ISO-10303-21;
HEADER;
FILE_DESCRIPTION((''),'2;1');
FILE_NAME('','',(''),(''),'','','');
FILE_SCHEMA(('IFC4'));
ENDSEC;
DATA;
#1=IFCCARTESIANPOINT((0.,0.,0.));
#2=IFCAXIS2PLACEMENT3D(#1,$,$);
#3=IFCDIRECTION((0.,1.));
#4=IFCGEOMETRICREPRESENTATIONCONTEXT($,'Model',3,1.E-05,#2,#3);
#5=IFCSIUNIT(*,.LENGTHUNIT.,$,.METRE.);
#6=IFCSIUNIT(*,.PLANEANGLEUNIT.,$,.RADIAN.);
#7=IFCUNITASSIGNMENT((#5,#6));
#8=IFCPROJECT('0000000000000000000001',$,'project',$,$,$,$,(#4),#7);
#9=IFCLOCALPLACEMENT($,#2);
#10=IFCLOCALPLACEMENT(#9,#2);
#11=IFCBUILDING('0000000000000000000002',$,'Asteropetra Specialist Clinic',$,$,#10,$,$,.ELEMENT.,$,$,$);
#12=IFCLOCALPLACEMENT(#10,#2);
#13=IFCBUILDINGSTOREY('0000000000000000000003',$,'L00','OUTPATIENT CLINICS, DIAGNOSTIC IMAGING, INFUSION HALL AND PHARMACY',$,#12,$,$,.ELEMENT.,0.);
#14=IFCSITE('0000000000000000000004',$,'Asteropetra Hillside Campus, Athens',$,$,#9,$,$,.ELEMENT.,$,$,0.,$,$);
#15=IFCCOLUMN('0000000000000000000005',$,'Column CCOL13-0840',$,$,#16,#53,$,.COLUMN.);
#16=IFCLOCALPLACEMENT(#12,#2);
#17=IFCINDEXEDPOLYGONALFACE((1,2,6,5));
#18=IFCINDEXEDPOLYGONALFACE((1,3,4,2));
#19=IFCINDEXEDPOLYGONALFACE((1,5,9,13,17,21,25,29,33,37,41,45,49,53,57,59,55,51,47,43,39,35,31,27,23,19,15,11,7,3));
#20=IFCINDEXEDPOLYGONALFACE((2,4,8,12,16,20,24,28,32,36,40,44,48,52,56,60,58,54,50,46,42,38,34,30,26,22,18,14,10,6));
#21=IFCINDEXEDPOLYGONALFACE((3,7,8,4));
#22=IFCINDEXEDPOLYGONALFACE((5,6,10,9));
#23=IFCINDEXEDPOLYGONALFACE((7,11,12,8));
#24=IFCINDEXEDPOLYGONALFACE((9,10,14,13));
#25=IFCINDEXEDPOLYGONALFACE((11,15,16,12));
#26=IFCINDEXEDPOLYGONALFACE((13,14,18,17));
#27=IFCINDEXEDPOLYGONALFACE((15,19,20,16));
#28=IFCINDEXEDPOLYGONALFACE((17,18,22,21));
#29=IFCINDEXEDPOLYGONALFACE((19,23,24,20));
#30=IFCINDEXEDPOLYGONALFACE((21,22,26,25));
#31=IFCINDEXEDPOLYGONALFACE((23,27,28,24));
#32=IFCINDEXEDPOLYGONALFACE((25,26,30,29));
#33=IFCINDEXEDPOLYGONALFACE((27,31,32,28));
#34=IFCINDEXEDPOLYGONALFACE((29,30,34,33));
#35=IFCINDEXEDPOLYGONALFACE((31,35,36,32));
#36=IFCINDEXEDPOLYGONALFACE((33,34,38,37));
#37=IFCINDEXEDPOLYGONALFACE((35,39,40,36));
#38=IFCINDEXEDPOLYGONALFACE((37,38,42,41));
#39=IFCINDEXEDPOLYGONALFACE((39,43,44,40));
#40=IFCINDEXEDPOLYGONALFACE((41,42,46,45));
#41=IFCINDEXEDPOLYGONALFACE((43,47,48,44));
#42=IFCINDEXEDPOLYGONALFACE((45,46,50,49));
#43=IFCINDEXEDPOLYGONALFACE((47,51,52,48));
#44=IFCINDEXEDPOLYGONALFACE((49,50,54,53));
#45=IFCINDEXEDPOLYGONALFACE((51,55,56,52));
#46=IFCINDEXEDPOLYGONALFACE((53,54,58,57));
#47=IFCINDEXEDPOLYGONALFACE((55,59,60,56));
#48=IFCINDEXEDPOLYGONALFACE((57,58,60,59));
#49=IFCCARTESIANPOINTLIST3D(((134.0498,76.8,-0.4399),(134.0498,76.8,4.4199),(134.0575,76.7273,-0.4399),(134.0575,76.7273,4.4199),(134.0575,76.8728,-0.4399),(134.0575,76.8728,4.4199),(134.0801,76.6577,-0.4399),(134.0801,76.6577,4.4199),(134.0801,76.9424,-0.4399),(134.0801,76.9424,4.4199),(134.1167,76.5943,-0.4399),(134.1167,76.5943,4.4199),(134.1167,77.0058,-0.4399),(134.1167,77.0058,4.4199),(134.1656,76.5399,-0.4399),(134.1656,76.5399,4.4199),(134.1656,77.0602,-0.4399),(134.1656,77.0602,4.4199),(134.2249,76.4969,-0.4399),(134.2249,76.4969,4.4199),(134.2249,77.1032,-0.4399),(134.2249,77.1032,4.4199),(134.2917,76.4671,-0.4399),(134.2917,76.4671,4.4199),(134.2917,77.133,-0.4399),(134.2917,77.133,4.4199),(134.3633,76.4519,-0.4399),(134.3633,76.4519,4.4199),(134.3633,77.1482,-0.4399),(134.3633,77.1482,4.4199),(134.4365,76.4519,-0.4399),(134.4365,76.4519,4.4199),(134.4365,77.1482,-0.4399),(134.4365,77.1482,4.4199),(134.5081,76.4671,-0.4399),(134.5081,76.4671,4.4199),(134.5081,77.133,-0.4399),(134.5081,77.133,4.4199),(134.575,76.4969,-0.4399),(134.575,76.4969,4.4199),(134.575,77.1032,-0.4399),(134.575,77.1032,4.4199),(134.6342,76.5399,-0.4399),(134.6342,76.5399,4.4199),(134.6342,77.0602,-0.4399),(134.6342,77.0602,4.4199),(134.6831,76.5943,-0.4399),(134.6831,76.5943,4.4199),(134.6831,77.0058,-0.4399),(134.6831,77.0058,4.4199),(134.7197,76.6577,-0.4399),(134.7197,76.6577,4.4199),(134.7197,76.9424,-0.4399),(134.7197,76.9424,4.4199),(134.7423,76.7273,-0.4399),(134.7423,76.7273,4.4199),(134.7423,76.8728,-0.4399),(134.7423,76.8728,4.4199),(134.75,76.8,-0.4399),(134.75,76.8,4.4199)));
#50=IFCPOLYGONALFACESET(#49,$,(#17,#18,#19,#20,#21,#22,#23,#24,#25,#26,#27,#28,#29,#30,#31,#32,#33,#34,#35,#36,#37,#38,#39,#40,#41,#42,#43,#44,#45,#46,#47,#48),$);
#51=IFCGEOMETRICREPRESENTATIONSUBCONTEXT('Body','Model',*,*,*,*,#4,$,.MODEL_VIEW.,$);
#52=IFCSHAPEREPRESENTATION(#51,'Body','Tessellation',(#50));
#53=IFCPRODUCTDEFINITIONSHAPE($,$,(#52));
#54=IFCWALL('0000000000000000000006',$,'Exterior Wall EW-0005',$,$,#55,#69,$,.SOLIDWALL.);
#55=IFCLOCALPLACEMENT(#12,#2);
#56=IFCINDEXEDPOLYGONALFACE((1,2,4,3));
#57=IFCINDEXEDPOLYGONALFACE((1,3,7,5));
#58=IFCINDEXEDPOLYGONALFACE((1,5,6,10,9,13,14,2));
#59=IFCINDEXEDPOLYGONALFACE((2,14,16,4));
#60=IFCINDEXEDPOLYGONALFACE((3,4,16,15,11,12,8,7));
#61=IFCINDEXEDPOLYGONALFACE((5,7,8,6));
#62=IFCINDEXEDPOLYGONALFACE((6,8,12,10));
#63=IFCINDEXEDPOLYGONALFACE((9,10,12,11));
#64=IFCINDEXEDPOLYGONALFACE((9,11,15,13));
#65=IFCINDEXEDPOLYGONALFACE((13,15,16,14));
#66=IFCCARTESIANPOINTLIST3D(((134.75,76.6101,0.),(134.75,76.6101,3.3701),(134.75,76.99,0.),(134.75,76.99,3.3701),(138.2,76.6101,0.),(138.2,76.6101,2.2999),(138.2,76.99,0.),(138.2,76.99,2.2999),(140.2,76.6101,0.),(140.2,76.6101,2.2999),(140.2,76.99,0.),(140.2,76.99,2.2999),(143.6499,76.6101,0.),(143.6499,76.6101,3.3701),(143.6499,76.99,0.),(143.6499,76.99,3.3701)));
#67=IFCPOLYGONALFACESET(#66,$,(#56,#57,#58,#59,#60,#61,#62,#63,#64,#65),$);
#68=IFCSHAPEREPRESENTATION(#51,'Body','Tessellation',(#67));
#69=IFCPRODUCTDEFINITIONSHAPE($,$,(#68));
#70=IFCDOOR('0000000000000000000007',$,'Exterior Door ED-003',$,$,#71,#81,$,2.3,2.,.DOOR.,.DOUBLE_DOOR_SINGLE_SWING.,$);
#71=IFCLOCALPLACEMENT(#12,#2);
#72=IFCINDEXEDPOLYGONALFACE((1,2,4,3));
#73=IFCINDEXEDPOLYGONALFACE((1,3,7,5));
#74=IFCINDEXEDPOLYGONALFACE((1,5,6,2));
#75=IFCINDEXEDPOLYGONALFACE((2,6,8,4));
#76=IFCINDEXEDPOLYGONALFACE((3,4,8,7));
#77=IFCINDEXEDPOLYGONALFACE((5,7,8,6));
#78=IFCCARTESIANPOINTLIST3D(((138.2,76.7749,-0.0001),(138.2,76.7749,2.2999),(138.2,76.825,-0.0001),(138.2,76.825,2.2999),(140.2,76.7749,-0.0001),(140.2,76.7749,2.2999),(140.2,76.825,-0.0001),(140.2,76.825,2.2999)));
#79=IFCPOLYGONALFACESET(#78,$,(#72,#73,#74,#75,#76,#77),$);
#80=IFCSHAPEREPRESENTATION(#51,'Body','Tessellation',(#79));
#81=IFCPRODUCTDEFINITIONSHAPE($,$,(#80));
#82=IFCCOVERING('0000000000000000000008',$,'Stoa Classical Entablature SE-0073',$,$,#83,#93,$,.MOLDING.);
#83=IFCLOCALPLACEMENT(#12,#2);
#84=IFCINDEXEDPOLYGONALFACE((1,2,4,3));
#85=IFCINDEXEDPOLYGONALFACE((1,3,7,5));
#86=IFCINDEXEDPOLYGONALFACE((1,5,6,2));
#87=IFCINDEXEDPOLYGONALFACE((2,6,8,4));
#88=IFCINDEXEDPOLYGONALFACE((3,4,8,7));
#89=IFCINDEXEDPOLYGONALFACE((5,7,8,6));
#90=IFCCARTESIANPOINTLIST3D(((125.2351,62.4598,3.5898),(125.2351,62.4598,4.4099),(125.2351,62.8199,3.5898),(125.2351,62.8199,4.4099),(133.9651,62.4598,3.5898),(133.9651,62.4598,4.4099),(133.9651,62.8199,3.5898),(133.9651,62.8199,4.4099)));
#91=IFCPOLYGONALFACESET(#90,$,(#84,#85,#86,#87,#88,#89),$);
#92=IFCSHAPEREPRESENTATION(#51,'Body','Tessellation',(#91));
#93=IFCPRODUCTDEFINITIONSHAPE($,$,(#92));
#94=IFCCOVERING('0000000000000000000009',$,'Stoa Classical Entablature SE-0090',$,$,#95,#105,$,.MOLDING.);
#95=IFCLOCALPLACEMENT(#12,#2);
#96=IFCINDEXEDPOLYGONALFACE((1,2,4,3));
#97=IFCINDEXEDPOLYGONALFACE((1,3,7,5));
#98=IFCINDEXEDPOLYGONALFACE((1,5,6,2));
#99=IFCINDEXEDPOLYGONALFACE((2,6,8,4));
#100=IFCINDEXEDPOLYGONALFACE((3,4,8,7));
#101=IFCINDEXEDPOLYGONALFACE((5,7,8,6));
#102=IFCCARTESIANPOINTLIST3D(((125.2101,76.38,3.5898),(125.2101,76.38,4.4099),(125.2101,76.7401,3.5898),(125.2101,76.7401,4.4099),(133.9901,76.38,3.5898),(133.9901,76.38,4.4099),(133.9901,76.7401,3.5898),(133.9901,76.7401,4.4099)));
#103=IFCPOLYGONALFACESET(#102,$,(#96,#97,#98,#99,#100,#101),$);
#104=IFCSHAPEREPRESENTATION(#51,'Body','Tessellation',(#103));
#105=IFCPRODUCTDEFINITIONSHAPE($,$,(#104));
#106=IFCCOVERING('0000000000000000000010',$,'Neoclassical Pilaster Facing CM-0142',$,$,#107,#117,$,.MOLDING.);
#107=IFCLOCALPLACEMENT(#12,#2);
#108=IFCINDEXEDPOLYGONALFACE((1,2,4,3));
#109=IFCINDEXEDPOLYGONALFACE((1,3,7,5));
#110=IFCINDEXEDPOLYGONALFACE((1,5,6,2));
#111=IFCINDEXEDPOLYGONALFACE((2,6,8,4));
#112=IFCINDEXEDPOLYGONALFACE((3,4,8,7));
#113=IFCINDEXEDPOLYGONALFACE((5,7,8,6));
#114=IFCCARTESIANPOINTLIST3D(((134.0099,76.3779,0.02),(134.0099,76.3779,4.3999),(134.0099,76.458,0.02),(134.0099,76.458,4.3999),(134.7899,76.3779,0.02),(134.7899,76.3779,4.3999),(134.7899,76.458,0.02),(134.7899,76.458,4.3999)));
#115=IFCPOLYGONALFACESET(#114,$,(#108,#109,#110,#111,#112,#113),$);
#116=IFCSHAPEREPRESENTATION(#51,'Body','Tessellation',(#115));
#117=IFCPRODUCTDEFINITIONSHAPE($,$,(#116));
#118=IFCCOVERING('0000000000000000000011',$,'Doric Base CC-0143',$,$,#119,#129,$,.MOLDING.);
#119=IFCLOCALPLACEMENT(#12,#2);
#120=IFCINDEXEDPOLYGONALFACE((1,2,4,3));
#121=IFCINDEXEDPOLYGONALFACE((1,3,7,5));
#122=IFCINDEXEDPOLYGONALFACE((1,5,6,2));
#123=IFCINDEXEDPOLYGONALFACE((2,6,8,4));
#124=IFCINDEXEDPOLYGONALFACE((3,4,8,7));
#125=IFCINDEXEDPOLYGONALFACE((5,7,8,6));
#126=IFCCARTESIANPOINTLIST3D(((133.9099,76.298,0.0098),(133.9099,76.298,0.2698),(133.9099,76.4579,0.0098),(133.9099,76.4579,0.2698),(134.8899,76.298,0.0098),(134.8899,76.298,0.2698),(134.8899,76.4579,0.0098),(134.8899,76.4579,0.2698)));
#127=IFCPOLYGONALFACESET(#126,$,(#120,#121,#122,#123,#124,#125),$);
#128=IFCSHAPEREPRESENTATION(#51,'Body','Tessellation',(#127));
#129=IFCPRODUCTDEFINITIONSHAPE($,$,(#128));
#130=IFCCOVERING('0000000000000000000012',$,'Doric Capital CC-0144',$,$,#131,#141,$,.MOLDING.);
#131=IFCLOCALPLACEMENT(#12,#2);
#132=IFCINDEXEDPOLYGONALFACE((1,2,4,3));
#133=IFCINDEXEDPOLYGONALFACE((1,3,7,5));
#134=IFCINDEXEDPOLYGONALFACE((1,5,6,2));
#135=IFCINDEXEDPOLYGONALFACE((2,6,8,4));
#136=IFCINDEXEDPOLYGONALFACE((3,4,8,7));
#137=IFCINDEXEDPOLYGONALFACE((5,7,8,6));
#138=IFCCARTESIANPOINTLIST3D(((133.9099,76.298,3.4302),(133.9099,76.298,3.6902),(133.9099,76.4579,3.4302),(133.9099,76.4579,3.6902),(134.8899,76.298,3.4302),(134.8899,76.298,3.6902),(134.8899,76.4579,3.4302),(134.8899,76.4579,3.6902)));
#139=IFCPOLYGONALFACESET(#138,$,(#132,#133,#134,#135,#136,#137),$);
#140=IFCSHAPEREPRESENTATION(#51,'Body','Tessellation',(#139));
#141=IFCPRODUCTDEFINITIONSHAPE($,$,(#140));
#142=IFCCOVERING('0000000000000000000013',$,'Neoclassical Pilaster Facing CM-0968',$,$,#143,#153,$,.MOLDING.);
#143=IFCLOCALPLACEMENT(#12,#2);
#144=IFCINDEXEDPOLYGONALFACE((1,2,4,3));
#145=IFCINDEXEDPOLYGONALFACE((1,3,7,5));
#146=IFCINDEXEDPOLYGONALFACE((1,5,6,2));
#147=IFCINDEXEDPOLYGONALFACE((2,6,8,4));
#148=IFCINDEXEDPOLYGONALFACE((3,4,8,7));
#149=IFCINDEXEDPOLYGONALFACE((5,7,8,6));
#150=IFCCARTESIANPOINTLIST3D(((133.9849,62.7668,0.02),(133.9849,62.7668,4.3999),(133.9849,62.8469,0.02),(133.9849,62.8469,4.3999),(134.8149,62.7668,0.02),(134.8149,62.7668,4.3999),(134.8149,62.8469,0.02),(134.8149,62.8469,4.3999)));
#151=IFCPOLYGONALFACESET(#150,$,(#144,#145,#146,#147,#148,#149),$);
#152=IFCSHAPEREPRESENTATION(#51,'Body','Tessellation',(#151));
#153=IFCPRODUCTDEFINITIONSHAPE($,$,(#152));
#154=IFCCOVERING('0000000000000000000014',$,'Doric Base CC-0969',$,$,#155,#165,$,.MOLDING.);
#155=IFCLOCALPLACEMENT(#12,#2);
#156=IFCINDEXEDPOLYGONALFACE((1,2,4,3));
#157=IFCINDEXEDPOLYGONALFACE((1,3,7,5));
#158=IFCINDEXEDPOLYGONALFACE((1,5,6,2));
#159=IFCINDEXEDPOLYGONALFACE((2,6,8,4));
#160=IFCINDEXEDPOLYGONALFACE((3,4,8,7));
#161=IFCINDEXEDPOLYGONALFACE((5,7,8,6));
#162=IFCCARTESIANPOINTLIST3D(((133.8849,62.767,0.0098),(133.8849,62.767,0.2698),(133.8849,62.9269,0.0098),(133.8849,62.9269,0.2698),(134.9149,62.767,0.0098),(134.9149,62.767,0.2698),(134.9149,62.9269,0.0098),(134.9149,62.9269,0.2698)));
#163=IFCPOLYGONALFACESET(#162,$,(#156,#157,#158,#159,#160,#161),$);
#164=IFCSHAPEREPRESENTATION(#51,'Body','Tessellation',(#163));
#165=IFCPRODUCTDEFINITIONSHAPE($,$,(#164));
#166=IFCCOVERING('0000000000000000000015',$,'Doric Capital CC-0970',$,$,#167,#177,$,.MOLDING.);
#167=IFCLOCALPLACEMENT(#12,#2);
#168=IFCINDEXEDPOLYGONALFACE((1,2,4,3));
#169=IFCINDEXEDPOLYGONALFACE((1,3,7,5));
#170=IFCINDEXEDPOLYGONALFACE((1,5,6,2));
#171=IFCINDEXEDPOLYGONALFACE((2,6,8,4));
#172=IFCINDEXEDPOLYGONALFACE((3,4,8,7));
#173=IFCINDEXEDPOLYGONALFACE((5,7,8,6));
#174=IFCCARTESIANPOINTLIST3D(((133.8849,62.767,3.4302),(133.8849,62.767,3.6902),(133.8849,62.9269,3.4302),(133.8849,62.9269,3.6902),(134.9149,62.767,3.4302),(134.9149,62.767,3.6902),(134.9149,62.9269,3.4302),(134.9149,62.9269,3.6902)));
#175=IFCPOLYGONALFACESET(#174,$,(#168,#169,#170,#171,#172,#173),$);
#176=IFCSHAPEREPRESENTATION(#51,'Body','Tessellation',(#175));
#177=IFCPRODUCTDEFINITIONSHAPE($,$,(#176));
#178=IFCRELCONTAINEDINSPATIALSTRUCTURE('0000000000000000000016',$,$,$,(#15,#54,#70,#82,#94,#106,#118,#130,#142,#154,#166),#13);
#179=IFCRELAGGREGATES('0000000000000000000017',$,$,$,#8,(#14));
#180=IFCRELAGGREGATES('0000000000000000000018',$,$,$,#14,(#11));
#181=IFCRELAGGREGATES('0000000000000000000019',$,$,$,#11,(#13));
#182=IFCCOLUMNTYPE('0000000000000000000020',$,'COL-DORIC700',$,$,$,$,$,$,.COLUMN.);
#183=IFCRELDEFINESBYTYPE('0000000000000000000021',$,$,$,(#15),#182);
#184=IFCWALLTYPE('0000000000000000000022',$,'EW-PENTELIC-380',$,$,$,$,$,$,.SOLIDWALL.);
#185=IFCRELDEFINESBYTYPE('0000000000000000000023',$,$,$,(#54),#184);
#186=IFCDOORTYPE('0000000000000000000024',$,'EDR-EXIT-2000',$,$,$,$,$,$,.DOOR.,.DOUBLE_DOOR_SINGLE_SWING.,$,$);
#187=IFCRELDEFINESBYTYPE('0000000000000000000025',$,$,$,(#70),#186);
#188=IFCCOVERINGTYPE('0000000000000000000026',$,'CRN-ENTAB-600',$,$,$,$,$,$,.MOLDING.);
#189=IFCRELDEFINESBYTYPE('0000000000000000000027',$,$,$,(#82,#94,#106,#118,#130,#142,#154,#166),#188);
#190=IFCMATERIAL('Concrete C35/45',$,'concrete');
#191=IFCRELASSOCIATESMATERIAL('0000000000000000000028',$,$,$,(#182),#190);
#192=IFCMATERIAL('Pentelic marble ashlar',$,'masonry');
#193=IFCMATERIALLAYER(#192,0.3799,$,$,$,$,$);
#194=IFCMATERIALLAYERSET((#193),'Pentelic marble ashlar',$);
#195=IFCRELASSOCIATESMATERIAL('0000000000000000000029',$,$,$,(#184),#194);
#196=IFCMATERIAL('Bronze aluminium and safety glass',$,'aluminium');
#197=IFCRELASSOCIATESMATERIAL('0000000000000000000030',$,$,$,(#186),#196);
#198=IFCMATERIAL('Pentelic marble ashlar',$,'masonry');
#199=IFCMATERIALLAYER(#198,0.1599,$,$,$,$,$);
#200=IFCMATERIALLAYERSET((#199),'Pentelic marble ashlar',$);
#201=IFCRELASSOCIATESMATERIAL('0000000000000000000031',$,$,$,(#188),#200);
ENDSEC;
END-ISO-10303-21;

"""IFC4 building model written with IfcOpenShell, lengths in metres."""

from ifc_helpers import new_model, si_unit, direction, frame, frame_2d, origin, origin_2d, place, context, subcontext, project, spatial, rectangle, circle, extrude, material, layer, layer_set, material_profile, profile_set, type_object, element, fill, save


model = new_model("IFC4")

# Units and contexts
model_context = context("Model", 3, precision=1e-05, world=origin(), true_north=direction((0.0, 1.0)))
body_context = subcontext(model_context, "Body", "Model", "MODEL_VIEW")
ifc_project = project(units=[si_unit("LENGTHUNIT", "METRE"), si_unit("PLANEANGLEUNIT", "RADIAN")], contexts=[model_context])

# Site, building, storey
site_placement = place(None, origin())
site = spatial("IfcSite", under=ifc_project, at=site_placement, Name="Asteropetra Hillside Campus, Athens", CompositionType="ELEMENT", RefElevation=0.0)
building_placement = place(site_placement, origin())
building = spatial("IfcBuilding", under=site, at=building_placement, Name="Asteropetra Specialist Clinic", CompositionType="ELEMENT")
storey_placement = place(building_placement, origin())
storey = spatial("IfcBuildingStorey", under=building, at=storey_placement, Name="L00", Description="OUTPATIENT CLINICS, DIAGNOSTIC IMAGING, INFUSION HALL AND PHARMACY", CompositionType="ELEMENT", Elevation=0.0)

# Column
ifc_material_1 = material(Name="Concrete C35/45", Category="concrete")
ifc_material_profile_1 = material_profile(ifc_material_1, circle(Radius=0.3501, at=origin_2d()), Name="RCC D700")
ifc_profile_set_1 = profile_set([ifc_material_profile_1], Name="Concrete C35/45")
column_type = type_object("IfcColumnType", Name="COL-DORIC700", PredefinedType="COLUMN", material=ifc_profile_set_1)
for number, where, z_axis, x_axis, name in (
    (1, (134.3999, 76.8, -0.4399), (0.0, 0.0, 1.0), (1.0, 0.0, 0.0), "Column CCOL13-0840"),
):
    element("IfcColumn", number, at=place(storey_placement, frame(where, z_axis=z_axis, x_axis=x_axis)), inside=storey, type_object=column_type, Name=name, PredefinedType="COLUMN", context=body_context, shape_type="SweptSolid", body=[
        extrude(circle(Radius=0.3501, at=origin_2d()), origin(), (0.0, 0.0, 1.0), 4.8599),
    ])

# Wall, opening, door
ifc_material_2 = material(Name="Pentelic marble ashlar", Category="masonry")
ifc_layer_1 = layer(ifc_material_2, 0.3799)
ifc_layer_set_1 = layer_set([ifc_layer_1], Name="Pentelic marble ashlar")
wall_type = type_object("IfcWallType", Name="EW-PENTELIC-380", PredefinedType="SOLIDWALL", material=ifc_layer_set_1)
wall_placement = place(storey_placement, frame((134.75, 76.8, 0.0), z_axis=(0.0, 0.0, 1.0), x_axis=(1.0, 0.0, 0.0)))
wall = element("IfcWall", 2, at=wall_placement, inside=storey, type_object=wall_type, Name="Exterior Wall EW-0005", PredefinedType="SOLIDWALL", context=body_context, shape_type="SweptSolid", body=[
    extrude(rectangle(XDim=8.8999, YDim=0.3799, at=frame_2d((4.45, 0.0))), origin(), (0.0, 0.0, 1.0), 3.3701),
])
opening_placement = place(wall_placement, frame((3.45, 0.0, 0.0)))
opening = element("IfcOpeningElement", 3, at=opening_placement, cuts=wall, PredefinedType="OPENING", context=body_context, shape_type="SweptSolid", body=[
    extrude(rectangle(XDim=2.0, YDim=2.3, at=frame_2d((1.0, 1.1499))), frame((0.0, 0.2, 0.0), z_axis=(0.0, -1.0, 0.0), x_axis=(1.0, 0.0, 0.0)), (0.0, 0.0, 1.0), 0.3999),
])
ifc_material_3 = material(Name="Bronze aluminium and safety glass", Category="aluminium")
door_type = type_object("IfcDoorType", Name="EDR-EXIT-2000", OperationType="DOUBLE_DOOR_SINGLE_SWING", PredefinedType="DOOR", material=ifc_material_3)
door_placement = place(opening_placement, origin())
door = element("IfcDoor", 4, at=door_placement, inside=storey, type_object=door_type, Name="Exterior Door ED-003", OperationType="DOUBLE_DOOR_SINGLE_SWING", OverallHeight=2.3, OverallWidth=2.0, PredefinedType="DOOR", context=body_context, shape_type="SweptSolid", body=[
    extrude(rectangle(XDim=2.0, YDim=2.3, at=frame_2d((1.0, 1.1499))), frame((0.0, 0.0249, 0.0), z_axis=(0.0, -1.0, 0.0), x_axis=(1.0, 0.0, 0.0)), (0.0, 0.0, 1.0), 0.05),
])
fill(opening, door)

# Coverings
ifc_material_4 = material(Name="Pentelic marble ashlar", Category="masonry")
ifc_layer_2 = layer(ifc_material_4, 0.1599)
ifc_layer_set_2 = layer_set([ifc_layer_2], Name="Pentelic marble ashlar")
covering_type = type_object("IfcCoveringType", Name="CRN-ENTAB-600", PredefinedType="MOLDING", material=ifc_layer_set_2)
covering_1_placement = place(storey_placement, frame((129.6001, 62.6399, 3.5898), z_axis=(0.0, 0.0, 1.0), x_axis=(1.0, 0.0, 0.0)))
element("IfcCovering", 5, at=covering_1_placement, inside=storey, type_object=covering_type, Name="Stoa Classical Entablature SE-0073", PredefinedType="MOLDING", context=body_context, shape_type="SweptSolid", body=[
    extrude(rectangle(XDim=8.73, YDim=0.3601, at=origin_2d()), origin(), (0.0, 0.0, 1.0), 0.8201),
])
covering_2_placement = place(storey_placement, frame((129.6001, 76.5601, 3.5898), z_axis=(0.0, 0.0, 1.0), x_axis=(1.0, 0.0, 0.0)))
element("IfcCovering", 6, at=covering_2_placement, inside=storey, type_object=covering_type, Name="Stoa Classical Entablature SE-0090", PredefinedType="MOLDING", context=body_context, shape_type="SweptSolid", body=[
    extrude(rectangle(XDim=8.78, YDim=0.3601, at=origin_2d()), origin(), (0.0, 0.0, 1.0), 0.8201),
])
covering_3_placement = place(storey_placement, frame((134.3999, 76.418, 0.02), z_axis=(0.0, 0.0, 1.0), x_axis=(1.0, 0.0, 0.0)))
element("IfcCovering", 7, at=covering_3_placement, inside=storey, type_object=covering_type, Name="Neoclassical Pilaster Facing CM-0142", PredefinedType="MOLDING", context=body_context, shape_type="SweptSolid", body=[
    extrude(rectangle(XDim=0.78, YDim=0.0801, at=origin_2d()), origin(), (0.0, 0.0, 1.0), 4.3799),
])
for number, where, z_axis, x_axis, name in (
    (8, (134.3999, 76.3779, 0.0098), (0.0, 0.0, 1.0), (1.0, 0.0, 0.0), "Doric Base CC-0143"),
    (9, (134.3999, 76.3779, 3.4302), (0.0, 0.0, 1.0), (1.0, 0.0, 0.0), "Doric Capital CC-0144"),
):
    element("IfcCovering", number, at=place(storey_placement, frame(where, z_axis=z_axis, x_axis=x_axis)), inside=storey, type_object=covering_type, Name=name, PredefinedType="MOLDING", context=body_context, shape_type="SweptSolid", body=[
        extrude(rectangle(XDim=0.98, YDim=0.1599, at=origin_2d()), origin(), (0.0, 0.0, 1.0), 0.26),
    ])
covering_4_placement = place(storey_placement, frame((134.3999, 62.8069, 0.02), z_axis=(0.0, 0.0, 1.0), x_axis=(1.0, 0.0, 0.0)))
element("IfcCovering", 10, at=covering_4_placement, inside=storey, type_object=covering_type, Name="Neoclassical Pilaster Facing CM-0968", PredefinedType="MOLDING", context=body_context, shape_type="SweptSolid", body=[
    extrude(rectangle(XDim=0.8301, YDim=0.0801, at=origin_2d()), origin(), (0.0, 0.0, 1.0), 4.3799),
])
for number, where, z_axis, x_axis, name in (
    (11, (134.3999, 62.8469, 0.0098), (0.0, 0.0, 1.0), (1.0, 0.0, 0.0), "Doric Base CC-0969"),
    (12, (134.3999, 62.8469, 3.4302), (0.0, 0.0, 1.0), (1.0, 0.0, 0.0), "Doric Capital CC-0970"),
):
    element("IfcCovering", number, at=place(storey_placement, frame(where, z_axis=z_axis, x_axis=x_axis)), inside=storey, type_object=covering_type, Name=name, PredefinedType="MOLDING", context=body_context, shape_type="SweptSolid", body=[
        extrude(rectangle(XDim=1.03, YDim=0.1599, at=origin_2d()), origin(), (0.0, 0.0, 1.0), 0.26),
    ])

save(model, "model.ifc")
